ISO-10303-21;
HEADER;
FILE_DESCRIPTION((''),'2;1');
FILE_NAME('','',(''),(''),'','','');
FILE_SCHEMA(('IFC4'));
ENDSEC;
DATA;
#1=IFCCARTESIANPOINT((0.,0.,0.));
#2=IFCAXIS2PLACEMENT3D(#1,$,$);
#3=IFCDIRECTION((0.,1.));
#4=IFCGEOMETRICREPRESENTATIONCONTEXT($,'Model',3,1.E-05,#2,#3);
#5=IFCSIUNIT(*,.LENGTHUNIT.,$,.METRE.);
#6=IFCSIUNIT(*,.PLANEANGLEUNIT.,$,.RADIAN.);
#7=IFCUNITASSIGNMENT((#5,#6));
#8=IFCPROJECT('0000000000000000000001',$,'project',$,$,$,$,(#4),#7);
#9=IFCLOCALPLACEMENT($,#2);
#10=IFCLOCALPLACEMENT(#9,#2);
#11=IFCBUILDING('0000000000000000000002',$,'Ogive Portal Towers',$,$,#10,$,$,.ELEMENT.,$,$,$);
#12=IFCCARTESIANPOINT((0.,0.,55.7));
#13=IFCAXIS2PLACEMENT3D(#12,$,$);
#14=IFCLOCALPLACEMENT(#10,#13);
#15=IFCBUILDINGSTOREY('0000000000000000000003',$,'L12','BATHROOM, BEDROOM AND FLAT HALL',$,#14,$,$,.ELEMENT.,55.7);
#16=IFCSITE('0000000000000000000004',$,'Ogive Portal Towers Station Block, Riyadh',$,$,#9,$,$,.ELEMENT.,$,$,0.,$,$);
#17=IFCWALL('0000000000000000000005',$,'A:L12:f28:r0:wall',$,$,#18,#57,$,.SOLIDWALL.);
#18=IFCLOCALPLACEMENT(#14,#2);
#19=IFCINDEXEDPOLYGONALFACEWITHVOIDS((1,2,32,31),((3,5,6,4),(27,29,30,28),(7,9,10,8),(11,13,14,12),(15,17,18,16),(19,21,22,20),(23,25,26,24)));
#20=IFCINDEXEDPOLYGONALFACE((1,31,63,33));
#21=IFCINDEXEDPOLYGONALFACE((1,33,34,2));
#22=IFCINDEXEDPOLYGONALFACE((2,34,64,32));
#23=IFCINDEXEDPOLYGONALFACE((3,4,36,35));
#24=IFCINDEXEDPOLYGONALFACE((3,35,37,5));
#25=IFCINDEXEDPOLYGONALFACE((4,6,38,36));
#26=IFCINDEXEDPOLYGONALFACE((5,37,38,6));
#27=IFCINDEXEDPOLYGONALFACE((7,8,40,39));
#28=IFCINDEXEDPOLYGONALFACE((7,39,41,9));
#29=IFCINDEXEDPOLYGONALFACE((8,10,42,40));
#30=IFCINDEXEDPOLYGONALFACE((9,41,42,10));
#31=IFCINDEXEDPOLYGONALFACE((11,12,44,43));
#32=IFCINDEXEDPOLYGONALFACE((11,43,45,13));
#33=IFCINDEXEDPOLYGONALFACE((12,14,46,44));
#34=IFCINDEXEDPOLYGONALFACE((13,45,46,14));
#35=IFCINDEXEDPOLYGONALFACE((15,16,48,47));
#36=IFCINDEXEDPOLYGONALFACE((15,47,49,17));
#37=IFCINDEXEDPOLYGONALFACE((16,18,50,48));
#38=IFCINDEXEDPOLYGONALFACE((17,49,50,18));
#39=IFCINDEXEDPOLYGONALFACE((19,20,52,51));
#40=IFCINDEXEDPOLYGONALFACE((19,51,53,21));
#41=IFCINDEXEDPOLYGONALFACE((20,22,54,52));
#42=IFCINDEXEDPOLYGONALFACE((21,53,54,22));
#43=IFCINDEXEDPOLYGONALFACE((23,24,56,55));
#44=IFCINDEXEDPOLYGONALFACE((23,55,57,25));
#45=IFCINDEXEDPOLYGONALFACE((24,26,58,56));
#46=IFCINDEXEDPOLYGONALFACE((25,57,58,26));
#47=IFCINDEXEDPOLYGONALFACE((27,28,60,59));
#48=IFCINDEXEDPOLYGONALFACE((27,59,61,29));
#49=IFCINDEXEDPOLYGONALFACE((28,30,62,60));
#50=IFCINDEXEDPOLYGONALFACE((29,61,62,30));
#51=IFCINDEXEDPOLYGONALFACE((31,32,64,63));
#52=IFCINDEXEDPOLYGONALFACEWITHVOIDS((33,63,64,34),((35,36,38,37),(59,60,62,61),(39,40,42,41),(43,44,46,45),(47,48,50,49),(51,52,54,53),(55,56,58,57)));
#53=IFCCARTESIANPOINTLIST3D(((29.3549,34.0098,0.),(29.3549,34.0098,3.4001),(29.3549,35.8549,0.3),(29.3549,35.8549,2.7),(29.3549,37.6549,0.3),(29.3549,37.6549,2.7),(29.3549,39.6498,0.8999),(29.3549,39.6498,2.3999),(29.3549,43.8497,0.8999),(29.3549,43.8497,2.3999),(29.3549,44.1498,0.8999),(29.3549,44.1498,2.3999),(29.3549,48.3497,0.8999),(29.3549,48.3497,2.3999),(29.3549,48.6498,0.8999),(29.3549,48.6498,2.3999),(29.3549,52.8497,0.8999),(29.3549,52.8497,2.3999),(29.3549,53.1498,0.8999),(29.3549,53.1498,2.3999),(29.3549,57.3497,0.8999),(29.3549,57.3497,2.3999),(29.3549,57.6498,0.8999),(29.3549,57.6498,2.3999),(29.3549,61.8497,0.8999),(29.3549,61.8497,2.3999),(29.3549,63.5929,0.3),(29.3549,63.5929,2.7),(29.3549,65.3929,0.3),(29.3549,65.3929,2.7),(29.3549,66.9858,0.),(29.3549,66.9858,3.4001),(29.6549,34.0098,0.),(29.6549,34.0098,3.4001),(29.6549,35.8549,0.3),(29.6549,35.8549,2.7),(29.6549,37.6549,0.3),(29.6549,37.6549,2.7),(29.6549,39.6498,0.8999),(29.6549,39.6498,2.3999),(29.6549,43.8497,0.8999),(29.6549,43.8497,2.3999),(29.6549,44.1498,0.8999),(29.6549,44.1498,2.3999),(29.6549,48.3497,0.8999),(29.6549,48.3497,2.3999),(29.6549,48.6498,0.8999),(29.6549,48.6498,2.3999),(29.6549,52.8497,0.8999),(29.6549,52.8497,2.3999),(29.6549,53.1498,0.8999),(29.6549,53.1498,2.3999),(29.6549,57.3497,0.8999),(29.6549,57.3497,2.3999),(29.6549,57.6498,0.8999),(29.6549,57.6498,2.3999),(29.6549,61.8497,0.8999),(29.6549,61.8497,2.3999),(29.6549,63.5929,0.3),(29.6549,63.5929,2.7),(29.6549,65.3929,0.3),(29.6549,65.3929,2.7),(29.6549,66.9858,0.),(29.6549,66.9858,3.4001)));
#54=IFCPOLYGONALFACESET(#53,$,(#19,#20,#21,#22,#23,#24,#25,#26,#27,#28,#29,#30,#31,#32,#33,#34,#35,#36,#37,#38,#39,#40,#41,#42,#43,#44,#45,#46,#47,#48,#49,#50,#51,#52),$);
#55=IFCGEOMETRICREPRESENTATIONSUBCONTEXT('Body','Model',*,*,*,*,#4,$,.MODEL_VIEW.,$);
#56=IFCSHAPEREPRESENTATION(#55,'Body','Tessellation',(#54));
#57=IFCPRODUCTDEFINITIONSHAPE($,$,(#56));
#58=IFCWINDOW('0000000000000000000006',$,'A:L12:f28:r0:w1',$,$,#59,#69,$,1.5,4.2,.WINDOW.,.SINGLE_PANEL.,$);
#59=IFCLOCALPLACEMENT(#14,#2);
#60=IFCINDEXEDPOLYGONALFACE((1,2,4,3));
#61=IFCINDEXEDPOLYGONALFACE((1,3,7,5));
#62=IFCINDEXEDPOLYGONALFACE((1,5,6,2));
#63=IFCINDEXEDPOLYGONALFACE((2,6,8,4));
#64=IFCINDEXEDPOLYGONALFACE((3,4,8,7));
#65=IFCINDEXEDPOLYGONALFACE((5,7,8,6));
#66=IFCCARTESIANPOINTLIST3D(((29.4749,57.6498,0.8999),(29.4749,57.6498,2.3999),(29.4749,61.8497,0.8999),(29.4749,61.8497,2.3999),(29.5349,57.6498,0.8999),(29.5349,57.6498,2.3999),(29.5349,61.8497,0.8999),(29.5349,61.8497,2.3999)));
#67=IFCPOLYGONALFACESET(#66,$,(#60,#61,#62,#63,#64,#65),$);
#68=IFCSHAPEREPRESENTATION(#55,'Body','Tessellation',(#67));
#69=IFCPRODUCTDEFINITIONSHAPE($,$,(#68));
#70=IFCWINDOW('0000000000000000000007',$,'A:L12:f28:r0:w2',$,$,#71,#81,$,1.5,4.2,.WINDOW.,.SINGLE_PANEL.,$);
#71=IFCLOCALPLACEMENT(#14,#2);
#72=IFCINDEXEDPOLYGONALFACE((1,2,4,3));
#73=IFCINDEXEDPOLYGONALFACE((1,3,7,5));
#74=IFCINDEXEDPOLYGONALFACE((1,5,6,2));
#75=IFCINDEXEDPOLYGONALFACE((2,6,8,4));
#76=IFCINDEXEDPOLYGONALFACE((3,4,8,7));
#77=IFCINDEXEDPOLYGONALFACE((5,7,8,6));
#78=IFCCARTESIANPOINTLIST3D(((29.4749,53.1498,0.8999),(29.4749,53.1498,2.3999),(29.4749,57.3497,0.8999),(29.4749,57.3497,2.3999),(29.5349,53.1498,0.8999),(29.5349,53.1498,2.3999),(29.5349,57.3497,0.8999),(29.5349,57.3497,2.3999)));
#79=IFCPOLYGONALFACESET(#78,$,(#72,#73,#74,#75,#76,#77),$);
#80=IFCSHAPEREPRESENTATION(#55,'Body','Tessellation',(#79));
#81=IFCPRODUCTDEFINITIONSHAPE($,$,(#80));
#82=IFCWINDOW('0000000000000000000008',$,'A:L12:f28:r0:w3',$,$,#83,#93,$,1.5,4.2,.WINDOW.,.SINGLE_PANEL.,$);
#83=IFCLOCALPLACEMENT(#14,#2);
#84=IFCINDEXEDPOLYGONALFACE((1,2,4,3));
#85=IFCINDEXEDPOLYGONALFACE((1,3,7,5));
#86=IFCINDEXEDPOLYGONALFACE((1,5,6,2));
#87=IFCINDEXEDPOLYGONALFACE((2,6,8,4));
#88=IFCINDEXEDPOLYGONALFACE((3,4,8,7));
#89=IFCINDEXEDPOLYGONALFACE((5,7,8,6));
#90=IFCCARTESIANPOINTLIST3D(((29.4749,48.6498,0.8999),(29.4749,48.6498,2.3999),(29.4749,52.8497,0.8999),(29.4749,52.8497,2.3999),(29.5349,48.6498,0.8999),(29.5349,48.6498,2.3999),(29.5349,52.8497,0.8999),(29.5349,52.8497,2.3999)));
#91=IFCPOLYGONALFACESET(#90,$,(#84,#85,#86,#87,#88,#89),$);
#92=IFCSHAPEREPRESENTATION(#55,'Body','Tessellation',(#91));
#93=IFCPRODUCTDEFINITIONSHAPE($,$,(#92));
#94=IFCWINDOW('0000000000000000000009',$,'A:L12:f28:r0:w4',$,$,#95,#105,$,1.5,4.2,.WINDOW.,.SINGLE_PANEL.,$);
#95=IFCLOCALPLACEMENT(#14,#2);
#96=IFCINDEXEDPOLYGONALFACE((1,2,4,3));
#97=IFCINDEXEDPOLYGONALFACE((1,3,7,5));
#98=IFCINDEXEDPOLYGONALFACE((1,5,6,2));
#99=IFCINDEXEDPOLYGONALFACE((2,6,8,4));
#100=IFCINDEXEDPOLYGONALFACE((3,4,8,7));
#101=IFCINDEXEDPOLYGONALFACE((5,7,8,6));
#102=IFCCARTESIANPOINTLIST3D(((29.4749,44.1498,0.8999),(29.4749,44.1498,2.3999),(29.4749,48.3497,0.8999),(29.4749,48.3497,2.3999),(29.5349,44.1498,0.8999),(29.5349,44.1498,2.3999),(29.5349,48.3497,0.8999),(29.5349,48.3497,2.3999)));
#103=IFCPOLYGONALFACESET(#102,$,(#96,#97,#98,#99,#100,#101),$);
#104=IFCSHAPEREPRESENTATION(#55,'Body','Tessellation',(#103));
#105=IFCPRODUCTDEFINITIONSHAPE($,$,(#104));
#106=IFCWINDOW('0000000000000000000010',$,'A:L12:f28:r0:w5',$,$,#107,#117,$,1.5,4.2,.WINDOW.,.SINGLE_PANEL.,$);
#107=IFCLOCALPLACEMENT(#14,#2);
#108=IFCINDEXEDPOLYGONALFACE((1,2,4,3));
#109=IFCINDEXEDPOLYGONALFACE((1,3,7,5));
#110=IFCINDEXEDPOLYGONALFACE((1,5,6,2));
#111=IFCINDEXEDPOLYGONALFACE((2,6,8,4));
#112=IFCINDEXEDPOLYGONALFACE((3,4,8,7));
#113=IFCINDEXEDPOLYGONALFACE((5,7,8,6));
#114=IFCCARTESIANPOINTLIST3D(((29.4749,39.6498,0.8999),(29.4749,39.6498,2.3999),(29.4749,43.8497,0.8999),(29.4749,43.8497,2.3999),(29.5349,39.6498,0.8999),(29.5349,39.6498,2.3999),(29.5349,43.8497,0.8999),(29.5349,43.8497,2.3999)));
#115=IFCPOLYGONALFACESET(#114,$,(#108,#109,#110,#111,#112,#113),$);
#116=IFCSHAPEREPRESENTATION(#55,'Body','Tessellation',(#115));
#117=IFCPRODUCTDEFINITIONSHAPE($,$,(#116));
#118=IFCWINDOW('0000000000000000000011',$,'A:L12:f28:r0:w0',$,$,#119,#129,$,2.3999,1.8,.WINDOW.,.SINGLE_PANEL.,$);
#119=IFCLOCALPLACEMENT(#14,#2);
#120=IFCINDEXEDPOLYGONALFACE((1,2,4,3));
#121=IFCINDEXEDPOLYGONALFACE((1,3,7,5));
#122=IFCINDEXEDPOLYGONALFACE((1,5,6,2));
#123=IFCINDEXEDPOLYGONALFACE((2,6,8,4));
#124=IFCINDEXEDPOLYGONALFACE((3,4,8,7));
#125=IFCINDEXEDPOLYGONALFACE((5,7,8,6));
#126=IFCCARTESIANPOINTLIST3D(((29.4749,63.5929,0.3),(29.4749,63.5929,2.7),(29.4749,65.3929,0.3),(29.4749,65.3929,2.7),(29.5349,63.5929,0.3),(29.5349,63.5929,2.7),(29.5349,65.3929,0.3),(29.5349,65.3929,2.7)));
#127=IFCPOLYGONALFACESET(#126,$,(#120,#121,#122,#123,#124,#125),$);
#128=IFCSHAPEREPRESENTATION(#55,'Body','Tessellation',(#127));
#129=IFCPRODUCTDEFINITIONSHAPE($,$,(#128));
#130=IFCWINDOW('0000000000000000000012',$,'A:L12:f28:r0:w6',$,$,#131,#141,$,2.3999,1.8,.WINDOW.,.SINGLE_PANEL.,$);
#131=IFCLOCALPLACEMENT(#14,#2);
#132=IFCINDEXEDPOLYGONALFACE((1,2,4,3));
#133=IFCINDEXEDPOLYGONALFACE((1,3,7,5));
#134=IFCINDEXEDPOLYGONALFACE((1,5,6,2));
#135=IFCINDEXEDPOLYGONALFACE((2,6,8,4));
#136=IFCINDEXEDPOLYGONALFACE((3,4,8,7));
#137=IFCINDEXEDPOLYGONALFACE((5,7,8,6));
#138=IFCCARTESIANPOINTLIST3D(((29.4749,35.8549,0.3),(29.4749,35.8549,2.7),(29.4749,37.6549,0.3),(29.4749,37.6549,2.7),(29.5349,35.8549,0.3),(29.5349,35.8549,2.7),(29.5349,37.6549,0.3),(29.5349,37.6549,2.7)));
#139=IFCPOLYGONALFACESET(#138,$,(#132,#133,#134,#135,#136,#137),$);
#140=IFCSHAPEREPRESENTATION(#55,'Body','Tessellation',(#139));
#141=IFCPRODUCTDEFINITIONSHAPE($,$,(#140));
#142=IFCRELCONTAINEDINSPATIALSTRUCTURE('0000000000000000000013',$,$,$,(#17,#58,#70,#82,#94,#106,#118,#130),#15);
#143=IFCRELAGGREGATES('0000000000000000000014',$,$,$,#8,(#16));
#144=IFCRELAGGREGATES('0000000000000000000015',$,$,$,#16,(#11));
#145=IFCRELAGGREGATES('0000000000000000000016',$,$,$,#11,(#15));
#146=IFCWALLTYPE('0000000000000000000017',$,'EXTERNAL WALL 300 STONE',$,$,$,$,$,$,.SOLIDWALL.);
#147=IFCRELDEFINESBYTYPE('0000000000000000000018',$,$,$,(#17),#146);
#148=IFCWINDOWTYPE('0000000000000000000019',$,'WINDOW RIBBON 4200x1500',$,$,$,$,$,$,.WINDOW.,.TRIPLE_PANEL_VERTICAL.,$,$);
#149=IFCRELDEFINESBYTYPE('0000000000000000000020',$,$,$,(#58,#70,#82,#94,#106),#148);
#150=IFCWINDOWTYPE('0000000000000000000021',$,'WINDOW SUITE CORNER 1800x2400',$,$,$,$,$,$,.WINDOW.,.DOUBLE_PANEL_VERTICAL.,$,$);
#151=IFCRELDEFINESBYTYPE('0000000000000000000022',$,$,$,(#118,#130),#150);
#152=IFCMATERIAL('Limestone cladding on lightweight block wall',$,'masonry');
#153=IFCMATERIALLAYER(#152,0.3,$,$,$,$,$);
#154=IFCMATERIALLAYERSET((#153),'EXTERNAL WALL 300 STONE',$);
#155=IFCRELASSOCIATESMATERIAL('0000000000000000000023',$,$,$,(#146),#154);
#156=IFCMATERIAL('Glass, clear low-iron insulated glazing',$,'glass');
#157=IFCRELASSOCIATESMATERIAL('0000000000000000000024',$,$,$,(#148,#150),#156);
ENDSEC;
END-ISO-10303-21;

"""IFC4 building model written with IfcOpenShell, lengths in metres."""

from ifc_helpers import new_model, si_unit, direction, frame, frame_2d, origin, place, context, subcontext, project, spatial, rectangle, extrude, material, layer, layer_set, type_object, element, fill, save


model = new_model("IFC4")

# Units and contexts
model_context = context("Model", 3, precision=1e-05, world=origin(), true_north=direction((0.0, 1.0)))
body_context = subcontext(model_context, "Body", "Model", "MODEL_VIEW")
ifc_project = project(units=[si_unit("LENGTHUNIT", "METRE"), si_unit("PLANEANGLEUNIT", "RADIAN")], contexts=[model_context])

# Site, building, storey
site_placement = place(None, origin())
site = spatial("IfcSite", under=ifc_project, at=site_placement, Name="Ogive Portal Towers Station Block, Riyadh", CompositionType="ELEMENT", RefElevation=0.0)
building_placement = place(site_placement, origin())
building = spatial("IfcBuilding", under=site, at=building_placement, Name="Ogive Portal Towers", CompositionType="ELEMENT")
storey_placement = place(building_placement, frame((0.0, 0.0, 55.7)))
storey = spatial("IfcBuildingStorey", under=building, at=storey_placement, Name="L12", Description="BATHROOM, BEDROOM AND FLAT HALL", CompositionType="ELEMENT", Elevation=55.7)

# Shared definitions
ifc_material_1 = material(Name="Glass, clear low-iron insulated glazing", Category="glass")

# Wall, openings, windows
ifc_material_2 = material(Name="Limestone cladding on lightweight block wall", Category="masonry")
ifc_layer_1 = layer(ifc_material_2, 0.3)
ifc_layer_set_1 = layer_set([ifc_layer_1], Name="EXTERNAL WALL 300 STONE")
wall_type_1 = type_object("IfcWallType", Name="EXTERNAL WALL 300 STONE", PredefinedType="SOLIDWALL", material=ifc_layer_set_1)
wall_1_placement = place(storey_placement, frame((29.5049, 66.9858, 0.0), z_axis=(0.0, 0.0, 1.0), x_axis=(0.0, -1.0, 0.0)))
wall_1 = element("IfcWall", 1, at=wall_1_placement, inside=storey, type_object=wall_type_1, Name="A:L12:f28:r0:wall", PredefinedType="SOLIDWALL", context=body_context, shape_type="SweptSolid", body=[
    extrude(rectangle(XDim=32.9761, YDim=0.3, at=frame_2d((16.488, 0.0))), origin(), (0.0, 0.0, 1.0), 3.4001),
])
opening_1_placement = place(wall_1_placement, frame((1.593, 0.0, 0.3)))
opening_1 = element("IfcOpeningElement", 2, at=opening_1_placement, cuts=wall_1, PredefinedType="OPENING", context=body_context, shape_type="SweptSolid", body=[
    extrude(rectangle(XDim=1.8, YDim=2.3999, at=frame_2d((0.8999, 1.2))), frame((0.0, 0.1602, 0.0), z_axis=(0.0, -1.0, 0.0), x_axis=(1.0, 0.0, 0.0)), (0.0, 0.0, 1.0), 0.3201),
])
opening_2_placement = place(wall_1_placement, frame((5.136, 0.0, 0.8999)))
opening_2 = element("IfcOpeningElement", 3, at=opening_2_placement, cuts=wall_1, PredefinedType="OPENING", context=body_context, shape_type="SweptSolid", body=[
    extrude(rectangle(XDim=4.2, YDim=1.5, at=frame_2d((2.1001, 0.75))), frame((0.0, 0.1602, 0.0), z_axis=(0.0, -1.0, 0.0), x_axis=(1.0, 0.0, 0.0)), (0.0, 0.0, 1.0), 0.3201),
])
opening_3_placement = place(wall_1_placement, frame((9.636, 0.0, 0.8999)))
opening_3 = element("IfcOpeningElement", 4, at=opening_3_placement, cuts=wall_1, PredefinedType="OPENING", context=body_context, shape_type="SweptSolid", body=[
    extrude(rectangle(XDim=4.2, YDim=1.5, at=frame_2d((2.1001, 0.75))), frame((0.0, 0.1602, 0.0), z_axis=(0.0, -1.0, 0.0), x_axis=(1.0, 0.0, 0.0)), (0.0, 0.0, 1.0), 0.3201),
])
opening_4_placement = place(wall_1_placement, frame((14.136, 0.0, 0.8999)))
opening_4 = element("IfcOpeningElement", 5, at=opening_4_placement, cuts=wall_1, PredefinedType="OPENING", context=body_context, shape_type="SweptSolid", body=[
    extrude(rectangle(XDim=4.2, YDim=1.5, at=frame_2d((2.1001, 0.75))), frame((0.0, 0.1602, 0.0), z_axis=(0.0, -1.0, 0.0), x_axis=(1.0, 0.0, 0.0)), (0.0, 0.0, 1.0), 0.3201),
])
opening_5_placement = place(wall_1_placement, frame((18.636, 0.0, 0.8999)))
opening_5 = element("IfcOpeningElement", 6, at=opening_5_placement, cuts=wall_1, PredefinedType="OPENING", context=body_context, shape_type="SweptSolid", body=[
    extrude(rectangle(XDim=4.2, YDim=1.5, at=frame_2d((2.1001, 0.75))), frame((0.0, 0.1602, 0.0), z_axis=(0.0, -1.0, 0.0), x_axis=(1.0, 0.0, 0.0)), (0.0, 0.0, 1.0), 0.3201),
])
opening_6_placement = place(wall_1_placement, frame((23.136, 0.0, 0.8999)))
opening_6 = element("IfcOpeningElement", 7, at=opening_6_placement, cuts=wall_1, PredefinedType="OPENING", context=body_context, shape_type="SweptSolid", body=[
    extrude(rectangle(XDim=4.2, YDim=1.5, at=frame_2d((2.1001, 0.75))), frame((0.0, 0.1602, 0.0), z_axis=(0.0, -1.0, 0.0), x_axis=(1.0, 0.0, 0.0)), (0.0, 0.0, 1.0), 0.3201),
])
opening_7_placement = place(wall_1_placement, frame((29.3311, 0.0, 0.3)))
opening_7 = element("IfcOpeningElement", 8, at=opening_7_placement, cuts=wall_1, PredefinedType="OPENING", context=body_context, shape_type="SweptSolid", body=[
    extrude(rectangle(XDim=1.8, YDim=2.3999, at=frame_2d((0.8999, 1.2))), frame((0.0, 0.1602, 0.0), z_axis=(0.0, -1.0, 0.0), x_axis=(1.0, 0.0, 0.0)), (0.0, 0.0, 1.0), 0.3201),
])
window_type_1 = type_object("IfcWindowType", Name="WINDOW RIBBON 4200x1500", PartitioningType="TRIPLE_PANEL_VERTICAL", PredefinedType="WINDOW", material=ifc_material_1)
window_1_placement = place(opening_2_placement, origin())
window_1 = element("IfcWindow", 9, at=window_1_placement, inside=storey, type_object=window_type_1, Name="A:L12:f28:r0:w1", OverallHeight=1.5, OverallWidth=4.2, PartitioningType="SINGLE_PANEL", PredefinedType="WINDOW", context=body_context, shape_type="SweptSolid", body=[
    extrude(rectangle(XDim=4.2, YDim=1.5, at=frame_2d((2.1001, 0.75))), frame((0.0, 0.03, 0.0), z_axis=(0.0, -1.0, 0.0), x_axis=(1.0, 0.0, 0.0)), (0.0, 0.0, 1.0), 0.0601),
])
fill(opening_2, window_1)
window_2_placement = place(opening_3_placement, origin())
window_2 = element("IfcWindow", 10, at=window_2_placement, inside=storey, type_object=window_type_1, Name="A:L12:f28:r0:w2", OverallHeight=1.5, OverallWidth=4.2, PartitioningType="SINGLE_PANEL", PredefinedType="WINDOW", context=body_context, shape_type="SweptSolid", body=[
    extrude(rectangle(XDim=4.2, YDim=1.5, at=frame_2d((2.1001, 0.75))), frame((0.0, 0.03, 0.0), z_axis=(0.0, -1.0, 0.0), x_axis=(1.0, 0.0, 0.0)), (0.0, 0.0, 1.0), 0.0601),
])
fill(opening_3, window_2)
window_3_placement = place(opening_4_placement, origin())
window_3 = element("IfcWindow", 11, at=window_3_placement, inside=storey, type_object=window_type_1, Name="A:L12:f28:r0:w3", OverallHeight=1.5, OverallWidth=4.2, PartitioningType="SINGLE_PANEL", PredefinedType="WINDOW", context=body_context, shape_type="SweptSolid", body=[
    extrude(rectangle(XDim=4.2, YDim=1.5, at=frame_2d((2.1001, 0.75))), frame((0.0, 0.03, 0.0), z_axis=(0.0, -1.0, 0.0), x_axis=(1.0, 0.0, 0.0)), (0.0, 0.0, 1.0), 0.0601),
])
fill(opening_4, window_3)
window_4_placement = place(opening_5_placement, origin())
window_4 = element("IfcWindow", 12, at=window_4_placement, inside=storey, type_object=window_type_1, Name="A:L12:f28:r0:w4", OverallHeight=1.5, OverallWidth=4.2, PartitioningType="SINGLE_PANEL", PredefinedType="WINDOW", context=body_context, shape_type="SweptSolid", body=[
    extrude(rectangle(XDim=4.2, YDim=1.5, at=frame_2d((2.1001, 0.75))), frame((0.0, 0.03, 0.0), z_axis=(0.0, -1.0, 0.0), x_axis=(1.0, 0.0, 0.0)), (0.0, 0.0, 1.0), 0.0601),
])
fill(opening_5, window_4)
window_5_placement = place(opening_6_placement, origin())
window_5 = element("IfcWindow", 13, at=window_5_placement, inside=storey, type_object=window_type_1, Name="A:L12:f28:r0:w5", OverallHeight=1.5, OverallWidth=4.2, PartitioningType="SINGLE_PANEL", PredefinedType="WINDOW", context=body_context, shape_type="SweptSolid", body=[
    extrude(rectangle(XDim=4.2, YDim=1.5, at=frame_2d((2.1001, 0.75))), frame((0.0, 0.03, 0.0), z_axis=(0.0, -1.0, 0.0), x_axis=(1.0, 0.0, 0.0)), (0.0, 0.0, 1.0), 0.0601),
])
fill(opening_6, window_5)
window_type_2 = type_object("IfcWindowType", Name="WINDOW SUITE CORNER 1800x2400", PartitioningType="DOUBLE_PANEL_VERTICAL", PredefinedType="WINDOW", material=ifc_material_1)
window_6_placement = place(opening_1_placement, origin())
window_6 = element("IfcWindow", 14, at=window_6_placement, inside=storey, type_object=window_type_2, Name="A:L12:f28:r0:w0", OverallHeight=2.3999, OverallWidth=1.8, PartitioningType="SINGLE_PANEL", PredefinedType="WINDOW", context=body_context, shape_type="SweptSolid", body=[
    extrude(rectangle(XDim=1.8, YDim=2.3999, at=frame_2d((0.8999, 1.2))), frame((0.0, 0.03, 0.0), z_axis=(0.0, -1.0, 0.0), x_axis=(1.0, 0.0, 0.0)), (0.0, 0.0, 1.0), 0.0601),
])
fill(opening_1, window_6)
window_7_placement = place(opening_7_placement, origin())
window_7 = element("IfcWindow", 15, at=window_7_placement, inside=storey, type_object=window_type_2, Name="A:L12:f28:r0:w6", OverallHeight=2.3999, OverallWidth=1.8, PartitioningType="SINGLE_PANEL", PredefinedType="WINDOW", context=body_context, shape_type="SweptSolid", body=[
    extrude(rectangle(XDim=1.8, YDim=2.3999, at=frame_2d((0.8999, 1.2))), frame((0.0, 0.03, 0.0), z_axis=(0.0, -1.0, 0.0), x_axis=(1.0, 0.0, 0.0)), (0.0, 0.0, 1.0), 0.0601),
])
fill(opening_7, window_7)

save(model, "model.ifc")
